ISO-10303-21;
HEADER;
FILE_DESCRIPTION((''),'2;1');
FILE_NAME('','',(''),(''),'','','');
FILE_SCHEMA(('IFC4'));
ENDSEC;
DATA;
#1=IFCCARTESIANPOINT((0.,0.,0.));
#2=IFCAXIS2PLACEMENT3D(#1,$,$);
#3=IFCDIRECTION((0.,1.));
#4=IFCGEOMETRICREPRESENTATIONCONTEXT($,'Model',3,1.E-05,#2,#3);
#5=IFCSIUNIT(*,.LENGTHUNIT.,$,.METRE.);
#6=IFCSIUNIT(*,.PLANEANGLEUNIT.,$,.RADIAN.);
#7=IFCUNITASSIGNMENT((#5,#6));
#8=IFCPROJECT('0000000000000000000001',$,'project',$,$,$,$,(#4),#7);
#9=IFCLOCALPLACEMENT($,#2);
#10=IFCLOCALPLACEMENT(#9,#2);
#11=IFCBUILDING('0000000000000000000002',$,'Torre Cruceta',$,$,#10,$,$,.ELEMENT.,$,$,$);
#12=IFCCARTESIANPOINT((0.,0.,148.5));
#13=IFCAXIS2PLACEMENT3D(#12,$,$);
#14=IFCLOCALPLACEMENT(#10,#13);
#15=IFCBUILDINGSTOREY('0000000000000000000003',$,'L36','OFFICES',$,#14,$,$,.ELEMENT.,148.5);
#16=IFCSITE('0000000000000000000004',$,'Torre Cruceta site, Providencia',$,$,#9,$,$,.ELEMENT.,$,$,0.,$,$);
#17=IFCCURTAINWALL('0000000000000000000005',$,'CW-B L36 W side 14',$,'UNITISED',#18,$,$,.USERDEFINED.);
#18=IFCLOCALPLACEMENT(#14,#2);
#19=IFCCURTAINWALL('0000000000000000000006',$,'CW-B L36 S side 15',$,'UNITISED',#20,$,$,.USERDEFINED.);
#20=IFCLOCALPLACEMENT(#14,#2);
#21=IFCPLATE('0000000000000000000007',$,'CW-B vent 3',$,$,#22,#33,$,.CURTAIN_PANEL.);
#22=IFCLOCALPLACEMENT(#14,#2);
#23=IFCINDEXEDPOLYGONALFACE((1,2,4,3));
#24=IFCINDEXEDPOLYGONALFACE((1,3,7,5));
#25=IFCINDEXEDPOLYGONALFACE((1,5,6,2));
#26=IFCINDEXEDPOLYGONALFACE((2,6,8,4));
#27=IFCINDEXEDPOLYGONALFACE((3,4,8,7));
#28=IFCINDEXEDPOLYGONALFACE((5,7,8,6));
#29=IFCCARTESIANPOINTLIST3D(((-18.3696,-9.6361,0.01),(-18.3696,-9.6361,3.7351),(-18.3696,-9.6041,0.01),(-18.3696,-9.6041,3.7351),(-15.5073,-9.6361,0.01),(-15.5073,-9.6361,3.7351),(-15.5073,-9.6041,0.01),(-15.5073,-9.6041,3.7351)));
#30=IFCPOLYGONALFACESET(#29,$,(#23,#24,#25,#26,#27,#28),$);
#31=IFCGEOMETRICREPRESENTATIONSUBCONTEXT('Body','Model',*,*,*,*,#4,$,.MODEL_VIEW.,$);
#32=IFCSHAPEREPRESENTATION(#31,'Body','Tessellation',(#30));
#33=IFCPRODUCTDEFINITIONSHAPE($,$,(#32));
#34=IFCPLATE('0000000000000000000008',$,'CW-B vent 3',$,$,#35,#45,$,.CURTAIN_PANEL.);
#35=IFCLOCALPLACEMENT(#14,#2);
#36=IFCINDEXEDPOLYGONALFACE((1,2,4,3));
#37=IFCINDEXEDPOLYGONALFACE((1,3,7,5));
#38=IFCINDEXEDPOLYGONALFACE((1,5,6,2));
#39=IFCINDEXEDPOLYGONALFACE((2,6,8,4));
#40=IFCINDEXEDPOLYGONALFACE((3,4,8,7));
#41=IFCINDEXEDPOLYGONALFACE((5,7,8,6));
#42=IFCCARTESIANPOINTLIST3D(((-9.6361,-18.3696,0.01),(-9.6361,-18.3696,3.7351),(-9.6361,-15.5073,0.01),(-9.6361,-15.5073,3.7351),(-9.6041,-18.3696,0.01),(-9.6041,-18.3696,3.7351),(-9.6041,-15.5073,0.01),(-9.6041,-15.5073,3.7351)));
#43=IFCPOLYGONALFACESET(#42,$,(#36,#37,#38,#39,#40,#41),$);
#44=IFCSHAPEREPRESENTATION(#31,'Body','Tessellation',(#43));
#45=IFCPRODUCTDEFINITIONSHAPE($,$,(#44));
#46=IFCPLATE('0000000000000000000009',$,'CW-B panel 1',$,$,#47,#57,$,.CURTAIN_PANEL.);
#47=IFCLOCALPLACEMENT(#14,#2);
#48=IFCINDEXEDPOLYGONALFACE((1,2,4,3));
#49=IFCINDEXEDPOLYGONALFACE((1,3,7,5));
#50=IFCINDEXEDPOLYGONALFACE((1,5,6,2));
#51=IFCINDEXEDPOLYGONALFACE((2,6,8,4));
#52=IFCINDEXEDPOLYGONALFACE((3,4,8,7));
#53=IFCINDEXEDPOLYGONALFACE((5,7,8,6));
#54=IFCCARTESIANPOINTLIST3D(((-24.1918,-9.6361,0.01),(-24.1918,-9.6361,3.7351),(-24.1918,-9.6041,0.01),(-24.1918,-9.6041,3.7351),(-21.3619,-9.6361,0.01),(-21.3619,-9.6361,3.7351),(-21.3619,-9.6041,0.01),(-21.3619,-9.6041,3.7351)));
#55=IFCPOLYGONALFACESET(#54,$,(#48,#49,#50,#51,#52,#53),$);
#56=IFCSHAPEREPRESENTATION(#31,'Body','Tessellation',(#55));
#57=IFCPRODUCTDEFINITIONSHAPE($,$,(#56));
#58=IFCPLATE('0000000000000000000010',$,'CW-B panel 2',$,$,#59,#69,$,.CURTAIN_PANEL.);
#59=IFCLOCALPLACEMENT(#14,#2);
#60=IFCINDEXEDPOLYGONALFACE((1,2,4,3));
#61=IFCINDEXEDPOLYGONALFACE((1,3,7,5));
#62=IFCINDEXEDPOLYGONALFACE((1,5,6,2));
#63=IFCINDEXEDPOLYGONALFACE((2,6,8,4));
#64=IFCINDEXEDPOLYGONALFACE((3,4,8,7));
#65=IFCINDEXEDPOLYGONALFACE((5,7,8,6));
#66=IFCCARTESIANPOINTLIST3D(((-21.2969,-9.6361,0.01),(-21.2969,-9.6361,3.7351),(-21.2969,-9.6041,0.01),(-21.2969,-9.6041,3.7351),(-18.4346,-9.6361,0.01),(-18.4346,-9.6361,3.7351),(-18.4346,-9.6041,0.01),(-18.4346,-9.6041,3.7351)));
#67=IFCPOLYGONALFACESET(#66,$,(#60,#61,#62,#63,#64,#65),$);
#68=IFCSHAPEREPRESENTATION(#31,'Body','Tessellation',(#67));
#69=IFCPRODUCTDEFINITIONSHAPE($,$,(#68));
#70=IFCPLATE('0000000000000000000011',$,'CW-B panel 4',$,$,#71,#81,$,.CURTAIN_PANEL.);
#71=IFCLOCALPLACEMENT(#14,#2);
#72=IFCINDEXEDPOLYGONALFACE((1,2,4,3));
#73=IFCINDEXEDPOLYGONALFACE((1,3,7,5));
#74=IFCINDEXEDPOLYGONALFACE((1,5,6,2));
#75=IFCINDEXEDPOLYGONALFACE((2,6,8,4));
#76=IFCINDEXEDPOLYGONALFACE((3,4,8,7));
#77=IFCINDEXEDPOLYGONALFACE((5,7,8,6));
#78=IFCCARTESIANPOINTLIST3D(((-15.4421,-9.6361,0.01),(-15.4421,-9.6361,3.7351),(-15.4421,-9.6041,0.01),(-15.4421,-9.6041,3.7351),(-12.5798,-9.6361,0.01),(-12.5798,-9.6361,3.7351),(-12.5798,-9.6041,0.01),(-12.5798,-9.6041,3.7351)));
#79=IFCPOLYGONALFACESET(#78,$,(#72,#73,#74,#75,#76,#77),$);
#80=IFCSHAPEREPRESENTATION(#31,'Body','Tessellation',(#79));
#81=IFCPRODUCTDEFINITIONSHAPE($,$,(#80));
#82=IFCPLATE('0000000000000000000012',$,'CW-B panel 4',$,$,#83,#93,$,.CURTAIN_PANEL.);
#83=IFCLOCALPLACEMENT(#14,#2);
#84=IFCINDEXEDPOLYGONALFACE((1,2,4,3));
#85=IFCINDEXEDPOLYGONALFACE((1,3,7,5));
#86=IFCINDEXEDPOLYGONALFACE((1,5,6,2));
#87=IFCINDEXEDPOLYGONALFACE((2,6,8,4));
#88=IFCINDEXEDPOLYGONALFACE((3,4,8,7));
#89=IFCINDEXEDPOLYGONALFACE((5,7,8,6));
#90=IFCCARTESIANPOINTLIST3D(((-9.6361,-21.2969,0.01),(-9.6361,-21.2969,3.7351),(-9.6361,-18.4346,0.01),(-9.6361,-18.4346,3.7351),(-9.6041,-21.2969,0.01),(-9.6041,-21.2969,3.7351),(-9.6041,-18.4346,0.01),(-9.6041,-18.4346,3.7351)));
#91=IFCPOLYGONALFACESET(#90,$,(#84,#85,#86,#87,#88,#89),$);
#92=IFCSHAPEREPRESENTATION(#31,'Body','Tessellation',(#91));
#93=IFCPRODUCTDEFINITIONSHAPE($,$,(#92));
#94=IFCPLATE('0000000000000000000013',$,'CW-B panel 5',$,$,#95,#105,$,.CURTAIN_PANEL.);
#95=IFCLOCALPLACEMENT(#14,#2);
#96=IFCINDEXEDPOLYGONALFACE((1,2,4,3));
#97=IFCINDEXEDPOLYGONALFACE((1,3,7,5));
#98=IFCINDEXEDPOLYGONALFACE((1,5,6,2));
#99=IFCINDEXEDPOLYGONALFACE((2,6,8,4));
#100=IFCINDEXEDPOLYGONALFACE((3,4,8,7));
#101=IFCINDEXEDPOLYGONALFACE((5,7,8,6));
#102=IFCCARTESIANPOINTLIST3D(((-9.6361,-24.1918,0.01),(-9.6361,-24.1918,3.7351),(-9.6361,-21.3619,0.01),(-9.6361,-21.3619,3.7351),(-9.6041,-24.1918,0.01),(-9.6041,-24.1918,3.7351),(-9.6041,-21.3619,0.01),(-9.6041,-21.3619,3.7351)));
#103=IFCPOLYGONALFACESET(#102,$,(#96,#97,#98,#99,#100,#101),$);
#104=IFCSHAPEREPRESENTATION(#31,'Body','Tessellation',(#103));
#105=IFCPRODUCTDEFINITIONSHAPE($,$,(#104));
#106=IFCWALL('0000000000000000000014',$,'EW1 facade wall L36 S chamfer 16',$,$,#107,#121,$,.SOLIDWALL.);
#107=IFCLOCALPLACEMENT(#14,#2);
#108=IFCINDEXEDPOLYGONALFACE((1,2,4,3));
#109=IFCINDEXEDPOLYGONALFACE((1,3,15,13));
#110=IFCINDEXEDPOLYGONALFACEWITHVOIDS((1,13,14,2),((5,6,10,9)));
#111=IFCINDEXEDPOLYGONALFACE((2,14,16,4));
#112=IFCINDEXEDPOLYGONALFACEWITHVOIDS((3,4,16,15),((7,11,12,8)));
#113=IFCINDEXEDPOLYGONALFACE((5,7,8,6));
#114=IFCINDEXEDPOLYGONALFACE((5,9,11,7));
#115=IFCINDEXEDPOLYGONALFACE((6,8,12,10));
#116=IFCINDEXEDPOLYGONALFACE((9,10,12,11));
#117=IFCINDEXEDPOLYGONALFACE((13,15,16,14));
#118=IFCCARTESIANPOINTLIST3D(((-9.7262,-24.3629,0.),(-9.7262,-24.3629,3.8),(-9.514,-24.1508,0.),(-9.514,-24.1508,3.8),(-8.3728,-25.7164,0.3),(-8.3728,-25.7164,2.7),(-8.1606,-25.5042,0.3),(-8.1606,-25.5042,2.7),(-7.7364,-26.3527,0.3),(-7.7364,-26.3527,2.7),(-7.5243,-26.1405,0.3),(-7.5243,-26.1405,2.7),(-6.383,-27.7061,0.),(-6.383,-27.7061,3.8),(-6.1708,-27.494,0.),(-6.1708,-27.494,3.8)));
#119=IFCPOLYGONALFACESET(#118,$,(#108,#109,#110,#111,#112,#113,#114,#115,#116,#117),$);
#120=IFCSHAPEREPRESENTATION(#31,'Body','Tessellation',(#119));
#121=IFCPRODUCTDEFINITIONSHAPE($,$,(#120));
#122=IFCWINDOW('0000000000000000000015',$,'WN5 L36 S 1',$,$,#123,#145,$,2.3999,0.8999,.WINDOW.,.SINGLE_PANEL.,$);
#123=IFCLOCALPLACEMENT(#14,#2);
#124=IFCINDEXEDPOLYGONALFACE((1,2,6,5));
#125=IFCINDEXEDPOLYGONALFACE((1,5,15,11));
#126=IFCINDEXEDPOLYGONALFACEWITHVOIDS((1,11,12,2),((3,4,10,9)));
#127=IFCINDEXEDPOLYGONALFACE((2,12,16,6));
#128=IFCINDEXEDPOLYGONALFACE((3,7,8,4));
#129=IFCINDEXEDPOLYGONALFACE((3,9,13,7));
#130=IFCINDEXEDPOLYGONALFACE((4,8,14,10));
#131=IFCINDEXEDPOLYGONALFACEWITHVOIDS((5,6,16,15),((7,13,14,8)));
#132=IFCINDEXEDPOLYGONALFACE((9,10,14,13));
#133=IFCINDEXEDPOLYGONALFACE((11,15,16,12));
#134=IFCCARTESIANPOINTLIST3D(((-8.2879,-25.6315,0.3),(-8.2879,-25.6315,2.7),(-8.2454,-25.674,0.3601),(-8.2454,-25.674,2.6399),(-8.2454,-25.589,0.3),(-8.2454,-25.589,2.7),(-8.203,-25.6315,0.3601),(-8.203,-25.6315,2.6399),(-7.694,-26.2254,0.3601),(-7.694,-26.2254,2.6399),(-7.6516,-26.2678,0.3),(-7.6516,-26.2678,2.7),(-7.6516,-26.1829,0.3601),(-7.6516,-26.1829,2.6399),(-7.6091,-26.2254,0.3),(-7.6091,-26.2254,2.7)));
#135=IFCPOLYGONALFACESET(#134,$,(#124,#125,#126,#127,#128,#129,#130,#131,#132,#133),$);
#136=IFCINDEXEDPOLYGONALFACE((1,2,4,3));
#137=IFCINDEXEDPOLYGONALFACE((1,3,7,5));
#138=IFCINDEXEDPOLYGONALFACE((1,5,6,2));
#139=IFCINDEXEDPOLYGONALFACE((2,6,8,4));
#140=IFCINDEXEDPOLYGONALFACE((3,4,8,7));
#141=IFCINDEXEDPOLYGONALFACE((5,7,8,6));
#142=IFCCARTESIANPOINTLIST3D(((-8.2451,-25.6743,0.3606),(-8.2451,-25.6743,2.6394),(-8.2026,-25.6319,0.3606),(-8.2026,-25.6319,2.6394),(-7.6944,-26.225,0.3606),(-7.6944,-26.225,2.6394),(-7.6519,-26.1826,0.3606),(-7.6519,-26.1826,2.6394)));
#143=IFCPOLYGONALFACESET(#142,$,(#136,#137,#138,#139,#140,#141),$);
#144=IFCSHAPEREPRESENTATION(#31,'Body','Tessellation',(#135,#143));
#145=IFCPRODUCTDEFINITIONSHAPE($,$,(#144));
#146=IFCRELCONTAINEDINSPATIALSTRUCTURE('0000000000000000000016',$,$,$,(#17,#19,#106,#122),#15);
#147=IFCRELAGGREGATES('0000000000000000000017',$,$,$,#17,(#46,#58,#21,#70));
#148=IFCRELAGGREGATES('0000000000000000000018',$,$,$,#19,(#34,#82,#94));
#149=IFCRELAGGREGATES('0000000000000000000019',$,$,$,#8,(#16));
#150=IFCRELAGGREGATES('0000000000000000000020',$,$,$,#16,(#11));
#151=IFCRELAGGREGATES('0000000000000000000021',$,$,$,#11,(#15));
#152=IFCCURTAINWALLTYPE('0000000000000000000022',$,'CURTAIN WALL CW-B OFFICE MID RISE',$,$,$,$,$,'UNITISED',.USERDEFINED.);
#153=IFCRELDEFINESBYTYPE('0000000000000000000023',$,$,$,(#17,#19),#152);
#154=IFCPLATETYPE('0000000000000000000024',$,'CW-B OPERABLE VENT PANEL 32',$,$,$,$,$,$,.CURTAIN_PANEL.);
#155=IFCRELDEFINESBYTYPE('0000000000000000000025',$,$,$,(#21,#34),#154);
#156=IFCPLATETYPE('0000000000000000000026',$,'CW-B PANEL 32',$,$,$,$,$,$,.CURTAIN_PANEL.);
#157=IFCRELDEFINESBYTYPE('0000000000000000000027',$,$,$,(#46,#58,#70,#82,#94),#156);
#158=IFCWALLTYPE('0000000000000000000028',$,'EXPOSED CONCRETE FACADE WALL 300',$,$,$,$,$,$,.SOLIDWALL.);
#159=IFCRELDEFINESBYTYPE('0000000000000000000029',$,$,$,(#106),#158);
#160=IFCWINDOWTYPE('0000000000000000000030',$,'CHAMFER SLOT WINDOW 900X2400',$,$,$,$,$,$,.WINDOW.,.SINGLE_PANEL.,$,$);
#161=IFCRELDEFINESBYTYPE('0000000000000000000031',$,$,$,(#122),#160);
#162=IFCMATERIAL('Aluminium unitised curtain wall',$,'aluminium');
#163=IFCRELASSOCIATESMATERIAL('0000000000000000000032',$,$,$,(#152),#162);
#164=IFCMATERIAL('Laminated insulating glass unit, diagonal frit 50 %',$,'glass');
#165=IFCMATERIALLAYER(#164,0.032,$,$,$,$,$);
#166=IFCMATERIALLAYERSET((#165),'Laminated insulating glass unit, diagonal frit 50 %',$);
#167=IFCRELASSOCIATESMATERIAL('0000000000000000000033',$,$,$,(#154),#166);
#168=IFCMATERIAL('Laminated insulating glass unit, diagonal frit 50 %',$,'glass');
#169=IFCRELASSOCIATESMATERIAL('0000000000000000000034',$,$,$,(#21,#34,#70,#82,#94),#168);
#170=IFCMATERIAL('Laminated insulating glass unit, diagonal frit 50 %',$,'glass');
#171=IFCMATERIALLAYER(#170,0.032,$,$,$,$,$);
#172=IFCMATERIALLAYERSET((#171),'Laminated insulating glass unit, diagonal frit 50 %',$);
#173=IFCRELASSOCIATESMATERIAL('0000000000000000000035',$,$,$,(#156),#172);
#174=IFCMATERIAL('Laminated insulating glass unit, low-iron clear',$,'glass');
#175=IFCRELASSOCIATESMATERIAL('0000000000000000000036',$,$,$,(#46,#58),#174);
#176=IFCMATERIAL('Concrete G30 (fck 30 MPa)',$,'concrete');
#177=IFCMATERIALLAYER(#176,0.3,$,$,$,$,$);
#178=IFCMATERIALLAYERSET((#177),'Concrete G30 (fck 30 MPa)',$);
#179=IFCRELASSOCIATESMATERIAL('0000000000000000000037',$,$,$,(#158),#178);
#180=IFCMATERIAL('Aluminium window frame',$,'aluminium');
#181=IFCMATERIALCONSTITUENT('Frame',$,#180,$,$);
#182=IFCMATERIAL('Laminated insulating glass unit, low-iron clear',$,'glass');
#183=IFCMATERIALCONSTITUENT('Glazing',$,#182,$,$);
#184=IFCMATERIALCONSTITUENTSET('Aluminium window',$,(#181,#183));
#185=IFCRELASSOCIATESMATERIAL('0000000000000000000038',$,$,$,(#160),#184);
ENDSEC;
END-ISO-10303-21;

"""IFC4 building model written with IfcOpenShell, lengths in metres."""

from ifc_helpers import new_model, si_unit, direction, frame, frame_2d, origin, origin_2d, place, context, subcontext, project, spatial, rectangle, hollow_rectangle, extrude, material, layer, layer_set, constituent, constituent_set, type_object, element, fill, aggregate, save


model = new_model("IFC4")

# Units and contexts
model_context = context("Model", 3, precision=1e-05, world=origin(), true_north=direction((0.0, 1.0)))
body_context = subcontext(model_context, "Body", "Model", "MODEL_VIEW")
ifc_project = project(units=[si_unit("LENGTHUNIT", "METRE"), si_unit("PLANEANGLEUNIT", "RADIAN")], contexts=[model_context])

# Site, building, storey
site_placement = place(None, origin())
site = spatial("IfcSite", under=ifc_project, at=site_placement, Name="Torre Cruceta site, Providencia", CompositionType="ELEMENT", RefElevation=0.0)
building_placement = place(site_placement, origin())
building = spatial("IfcBuilding", under=site, at=building_placement, Name="Torre Cruceta", CompositionType="ELEMENT")
storey_placement = place(building_placement, frame((0.0, 0.0, 148.5)))
storey = spatial("IfcBuildingStorey", under=building, at=storey_placement, Name="L36", Description="OFFICES", CompositionType="ELEMENT", Elevation=148.5)

# Curtain walls
ifc_material_1 = material(Name="Aluminium unitised curtain wall", Category="aluminium")
curtain_wall_type = type_object("IfcCurtainWallType", Name="CURTAIN WALL CW-B OFFICE MID RISE", ElementType="UNITISED", PredefinedType="USERDEFINED", material=ifc_material_1)
curtain_wall_1_placement = place(storey_placement, origin())
curtain_wall_1 = element("IfcCurtainWall", 1, at=curtain_wall_1_placement, inside=storey, type_object=curtain_wall_type, Name="CW-B L36 W side 14", ObjectType="UNITISED", PredefinedType="USERDEFINED")
curtain_wall_2_placement = place(storey_placement, origin())
curtain_wall_2 = element("IfcCurtainWall", 2, at=curtain_wall_2_placement, inside=storey, type_object=curtain_wall_type, Name="CW-B L36 S side 15", ObjectType="UNITISED", PredefinedType="USERDEFINED")

# Plates
ifc_material_2 = material(Name="Laminated insulating glass unit, diagonal frit 50 %", Category="glass")
ifc_material_3 = material(Name="Laminated insulating glass unit, diagonal frit 50 %", Category="glass")
ifc_layer_1 = layer(ifc_material_3, 0.032)
ifc_layer_set_1 = layer_set([ifc_layer_1], Name="Laminated insulating glass unit, diagonal frit 50 %")
plate_type_1 = type_object("IfcPlateType", Name="CW-B OPERABLE VENT PANEL 32", PredefinedType="CURTAIN_PANEL", material=ifc_layer_set_1)
plate_1_placement = place(storey_placement, frame((-16.9385, -9.6201, 0.01), z_axis=(0.0, 0.0, 1.0), x_axis=(1.0, 0.0, 0.0)))
plate_1 = element("IfcPlate", 3, at=plate_1_placement, type_object=plate_type_1, material=ifc_material_2, Name="CW-B vent 3", PredefinedType="CURTAIN_PANEL", context=body_context, shape_type="SweptSolid", body=[
    extrude(rectangle(XDim=2.8623, YDim=0.032, at=origin_2d()), origin(), (0.0, 0.0, 1.0), 3.7251),
])
plate_2_placement = place(storey_placement, frame((-9.6201, -16.9385, 0.01), z_axis=(0.0, 0.0, 1.0), x_axis=(0.0, -1.0, 0.0)))
plate_2 = element("IfcPlate", 4, at=plate_2_placement, type_object=plate_type_1, material=ifc_material_2, Name="CW-B vent 3", PredefinedType="CURTAIN_PANEL", context=body_context, shape_type="SweptSolid", body=[
    extrude(rectangle(XDim=2.8623, YDim=0.032, at=origin_2d()), origin(), (0.0, 0.0, 1.0), 3.7251),
])
ifc_material_4 = material(Name="Laminated insulating glass unit, low-iron clear", Category="glass")
ifc_material_5 = material(Name="Laminated insulating glass unit, diagonal frit 50 %", Category="glass")
ifc_layer_2 = layer(ifc_material_5, 0.032)
ifc_layer_set_2 = layer_set([ifc_layer_2], Name="Laminated insulating glass unit, diagonal frit 50 %")
plate_type_2 = type_object("IfcPlateType", Name="CW-B PANEL 32", PredefinedType="CURTAIN_PANEL", material=ifc_layer_set_2)
plate_3_placement = place(storey_placement, frame((-22.7769, -9.6201, 0.01), z_axis=(0.0, 0.0, 1.0), x_axis=(1.0, 0.0, 0.0)))
plate_3 = element("IfcPlate", 5, at=plate_3_placement, type_object=plate_type_2, material=ifc_material_4, Name="CW-B panel 1", PredefinedType="CURTAIN_PANEL", context=body_context, shape_type="SweptSolid", body=[
    extrude(rectangle(XDim=2.8298, YDim=0.032, at=origin_2d()), origin(), (0.0, 0.0, 1.0), 3.7251),
])
plate_4_placement = place(storey_placement, frame((-19.8657, -9.6201, 0.01), z_axis=(0.0, 0.0, 1.0), x_axis=(1.0, 0.0, 0.0)))
plate_4 = element("IfcPlate", 6, at=plate_4_placement, type_object=plate_type_2, material=ifc_material_4, Name="CW-B panel 2", PredefinedType="CURTAIN_PANEL", context=body_context, shape_type="SweptSolid", body=[
    extrude(rectangle(XDim=2.8623, YDim=0.032, at=origin_2d()), origin(), (0.0, 0.0, 1.0), 3.7251),
])
plate_5_placement = place(storey_placement, frame((-14.011, -9.6201, 0.01), z_axis=(0.0, 0.0, 1.0), x_axis=(1.0, 0.0, 0.0)))
plate_5 = element("IfcPlate", 7, at=plate_5_placement, type_object=plate_type_2, material=ifc_material_2, Name="CW-B panel 4", PredefinedType="CURTAIN_PANEL", context=body_context, shape_type="SweptSolid", body=[
    extrude(rectangle(XDim=2.8623, YDim=0.032, at=origin_2d()), origin(), (0.0, 0.0, 1.0), 3.7251),
])
aggregate(curtain_wall_1, [plate_3, plate_4, plate_1, plate_5])
plate_6_placement = place(storey_placement, frame((-9.6201, -19.8657, 0.01), z_axis=(0.0, 0.0, 1.0), x_axis=(0.0, -1.0, 0.0)))
plate_6 = element("IfcPlate", 8, at=plate_6_placement, type_object=plate_type_2, material=ifc_material_2, Name="CW-B panel 4", PredefinedType="CURTAIN_PANEL", context=body_context, shape_type="SweptSolid", body=[
    extrude(rectangle(XDim=2.8623, YDim=0.032, at=origin_2d()), origin(), (0.0, 0.0, 1.0), 3.7251),
])
plate_7_placement = place(storey_placement, frame((-9.6201, -22.7769, 0.01), z_axis=(0.0, 0.0, 1.0), x_axis=(0.0, -1.0, 0.0)))
plate_7 = element("IfcPlate", 9, at=plate_7_placement, type_object=plate_type_2, material=ifc_material_2, Name="CW-B panel 5", PredefinedType="CURTAIN_PANEL", context=body_context, shape_type="SweptSolid", body=[
    extrude(rectangle(XDim=2.8298, YDim=0.032, at=origin_2d()), origin(), (0.0, 0.0, 1.0), 3.7251),
])
aggregate(curtain_wall_2, [plate_2, plate_6, plate_7])

# Wall, opening, window
ifc_material_6 = material(Name="Concrete G30 (fck 30 MPa)", Category="concrete")
ifc_layer_3 = layer(ifc_material_6, 0.3)
ifc_layer_set_3 = layer_set([ifc_layer_3], Name="Concrete G30 (fck 30 MPa)")
wall_type = type_object("IfcWallType", Name="EXPOSED CONCRETE FACADE WALL 300", PredefinedType="SOLIDWALL", material=ifc_layer_set_3)
wall_placement = place(storey_placement, frame((-9.6201, -24.2568, 0.0), z_axis=(0.0, 0.0, 1.0), x_axis=(0.707107, -0.707107, 0.0)))
wall = element("IfcWall", 10, at=wall_placement, inside=storey, type_object=wall_type, Name="EW1 facade wall L36 S chamfer 16", PredefinedType="SOLIDWALL", context=body_context, shape_type="SweptSolid", body=[
    extrude(rectangle(XDim=4.728, YDim=0.3, at=frame_2d((2.364, 0.0))), origin(), (0.0, 0.0, 1.0), 3.8),
])
opening_placement = place(wall_placement, frame((1.9141, 0.0, 0.3)))
opening = element("IfcOpeningElement", 11, at=opening_placement, cuts=wall, PredefinedType="OPENING", context=body_context, shape_type="SweptSolid", body=[
    extrude(rectangle(XDim=0.8999, YDim=2.3999, at=frame_2d((0.45, 1.2))), frame((0.0, 0.1599, 0.0), z_axis=(0.0, -1.0, 0.0), x_axis=(1.0, 0.0, 0.0)), (0.0, 0.0, 1.0), 0.3201),
])
ifc_material_7 = material(Name="Aluminium window frame", Category="aluminium")
ifc_constituent_1 = constituent(ifc_material_7, Name="Frame")
ifc_material_8 = material(Name="Laminated insulating glass unit, low-iron clear", Category="glass")
ifc_constituent_2 = constituent(ifc_material_8, Name="Glazing")
ifc_constituent_set = constituent_set(constituents=[ifc_constituent_1, ifc_constituent_2], Name="Aluminium window")
window_type = type_object("IfcWindowType", Name="CHAMFER SLOT WINDOW 900X2400", PartitioningType="SINGLE_PANEL", PredefinedType="WINDOW", material=ifc_constituent_set)
window_placement = place(opening_placement, origin())
window = element("IfcWindow", 12, at=window_placement, inside=storey, type_object=window_type, Name="WN5 L36 S 1", OverallHeight=2.3999, OverallWidth=0.8999, PartitioningType="SINGLE_PANEL", PredefinedType="WINDOW", context=body_context, shape_type="SweptSolid", body=[
    extrude(hollow_rectangle(XDim=0.8999, YDim=2.3999, WallThickness=0.0601, at=frame_2d((0.45, 1.2))), frame((0.0, 0.03, 0.0), z_axis=(0.0, -1.0, 0.0), x_axis=(1.0, 0.0, 0.0)), (0.0, 0.0, 1.0), 0.0601),
    extrude(rectangle(XDim=0.7788, YDim=2.2788, at=frame_2d((0.45, 1.2))), frame((0.0, 0.03, 0.0), z_axis=(0.0, -1.0, 0.0), x_axis=(1.0, 0.0, 0.0)), (0.0, 0.0, 1.0), 0.0601),
])
fill(opening, window)

save(model, "model.ifc")
